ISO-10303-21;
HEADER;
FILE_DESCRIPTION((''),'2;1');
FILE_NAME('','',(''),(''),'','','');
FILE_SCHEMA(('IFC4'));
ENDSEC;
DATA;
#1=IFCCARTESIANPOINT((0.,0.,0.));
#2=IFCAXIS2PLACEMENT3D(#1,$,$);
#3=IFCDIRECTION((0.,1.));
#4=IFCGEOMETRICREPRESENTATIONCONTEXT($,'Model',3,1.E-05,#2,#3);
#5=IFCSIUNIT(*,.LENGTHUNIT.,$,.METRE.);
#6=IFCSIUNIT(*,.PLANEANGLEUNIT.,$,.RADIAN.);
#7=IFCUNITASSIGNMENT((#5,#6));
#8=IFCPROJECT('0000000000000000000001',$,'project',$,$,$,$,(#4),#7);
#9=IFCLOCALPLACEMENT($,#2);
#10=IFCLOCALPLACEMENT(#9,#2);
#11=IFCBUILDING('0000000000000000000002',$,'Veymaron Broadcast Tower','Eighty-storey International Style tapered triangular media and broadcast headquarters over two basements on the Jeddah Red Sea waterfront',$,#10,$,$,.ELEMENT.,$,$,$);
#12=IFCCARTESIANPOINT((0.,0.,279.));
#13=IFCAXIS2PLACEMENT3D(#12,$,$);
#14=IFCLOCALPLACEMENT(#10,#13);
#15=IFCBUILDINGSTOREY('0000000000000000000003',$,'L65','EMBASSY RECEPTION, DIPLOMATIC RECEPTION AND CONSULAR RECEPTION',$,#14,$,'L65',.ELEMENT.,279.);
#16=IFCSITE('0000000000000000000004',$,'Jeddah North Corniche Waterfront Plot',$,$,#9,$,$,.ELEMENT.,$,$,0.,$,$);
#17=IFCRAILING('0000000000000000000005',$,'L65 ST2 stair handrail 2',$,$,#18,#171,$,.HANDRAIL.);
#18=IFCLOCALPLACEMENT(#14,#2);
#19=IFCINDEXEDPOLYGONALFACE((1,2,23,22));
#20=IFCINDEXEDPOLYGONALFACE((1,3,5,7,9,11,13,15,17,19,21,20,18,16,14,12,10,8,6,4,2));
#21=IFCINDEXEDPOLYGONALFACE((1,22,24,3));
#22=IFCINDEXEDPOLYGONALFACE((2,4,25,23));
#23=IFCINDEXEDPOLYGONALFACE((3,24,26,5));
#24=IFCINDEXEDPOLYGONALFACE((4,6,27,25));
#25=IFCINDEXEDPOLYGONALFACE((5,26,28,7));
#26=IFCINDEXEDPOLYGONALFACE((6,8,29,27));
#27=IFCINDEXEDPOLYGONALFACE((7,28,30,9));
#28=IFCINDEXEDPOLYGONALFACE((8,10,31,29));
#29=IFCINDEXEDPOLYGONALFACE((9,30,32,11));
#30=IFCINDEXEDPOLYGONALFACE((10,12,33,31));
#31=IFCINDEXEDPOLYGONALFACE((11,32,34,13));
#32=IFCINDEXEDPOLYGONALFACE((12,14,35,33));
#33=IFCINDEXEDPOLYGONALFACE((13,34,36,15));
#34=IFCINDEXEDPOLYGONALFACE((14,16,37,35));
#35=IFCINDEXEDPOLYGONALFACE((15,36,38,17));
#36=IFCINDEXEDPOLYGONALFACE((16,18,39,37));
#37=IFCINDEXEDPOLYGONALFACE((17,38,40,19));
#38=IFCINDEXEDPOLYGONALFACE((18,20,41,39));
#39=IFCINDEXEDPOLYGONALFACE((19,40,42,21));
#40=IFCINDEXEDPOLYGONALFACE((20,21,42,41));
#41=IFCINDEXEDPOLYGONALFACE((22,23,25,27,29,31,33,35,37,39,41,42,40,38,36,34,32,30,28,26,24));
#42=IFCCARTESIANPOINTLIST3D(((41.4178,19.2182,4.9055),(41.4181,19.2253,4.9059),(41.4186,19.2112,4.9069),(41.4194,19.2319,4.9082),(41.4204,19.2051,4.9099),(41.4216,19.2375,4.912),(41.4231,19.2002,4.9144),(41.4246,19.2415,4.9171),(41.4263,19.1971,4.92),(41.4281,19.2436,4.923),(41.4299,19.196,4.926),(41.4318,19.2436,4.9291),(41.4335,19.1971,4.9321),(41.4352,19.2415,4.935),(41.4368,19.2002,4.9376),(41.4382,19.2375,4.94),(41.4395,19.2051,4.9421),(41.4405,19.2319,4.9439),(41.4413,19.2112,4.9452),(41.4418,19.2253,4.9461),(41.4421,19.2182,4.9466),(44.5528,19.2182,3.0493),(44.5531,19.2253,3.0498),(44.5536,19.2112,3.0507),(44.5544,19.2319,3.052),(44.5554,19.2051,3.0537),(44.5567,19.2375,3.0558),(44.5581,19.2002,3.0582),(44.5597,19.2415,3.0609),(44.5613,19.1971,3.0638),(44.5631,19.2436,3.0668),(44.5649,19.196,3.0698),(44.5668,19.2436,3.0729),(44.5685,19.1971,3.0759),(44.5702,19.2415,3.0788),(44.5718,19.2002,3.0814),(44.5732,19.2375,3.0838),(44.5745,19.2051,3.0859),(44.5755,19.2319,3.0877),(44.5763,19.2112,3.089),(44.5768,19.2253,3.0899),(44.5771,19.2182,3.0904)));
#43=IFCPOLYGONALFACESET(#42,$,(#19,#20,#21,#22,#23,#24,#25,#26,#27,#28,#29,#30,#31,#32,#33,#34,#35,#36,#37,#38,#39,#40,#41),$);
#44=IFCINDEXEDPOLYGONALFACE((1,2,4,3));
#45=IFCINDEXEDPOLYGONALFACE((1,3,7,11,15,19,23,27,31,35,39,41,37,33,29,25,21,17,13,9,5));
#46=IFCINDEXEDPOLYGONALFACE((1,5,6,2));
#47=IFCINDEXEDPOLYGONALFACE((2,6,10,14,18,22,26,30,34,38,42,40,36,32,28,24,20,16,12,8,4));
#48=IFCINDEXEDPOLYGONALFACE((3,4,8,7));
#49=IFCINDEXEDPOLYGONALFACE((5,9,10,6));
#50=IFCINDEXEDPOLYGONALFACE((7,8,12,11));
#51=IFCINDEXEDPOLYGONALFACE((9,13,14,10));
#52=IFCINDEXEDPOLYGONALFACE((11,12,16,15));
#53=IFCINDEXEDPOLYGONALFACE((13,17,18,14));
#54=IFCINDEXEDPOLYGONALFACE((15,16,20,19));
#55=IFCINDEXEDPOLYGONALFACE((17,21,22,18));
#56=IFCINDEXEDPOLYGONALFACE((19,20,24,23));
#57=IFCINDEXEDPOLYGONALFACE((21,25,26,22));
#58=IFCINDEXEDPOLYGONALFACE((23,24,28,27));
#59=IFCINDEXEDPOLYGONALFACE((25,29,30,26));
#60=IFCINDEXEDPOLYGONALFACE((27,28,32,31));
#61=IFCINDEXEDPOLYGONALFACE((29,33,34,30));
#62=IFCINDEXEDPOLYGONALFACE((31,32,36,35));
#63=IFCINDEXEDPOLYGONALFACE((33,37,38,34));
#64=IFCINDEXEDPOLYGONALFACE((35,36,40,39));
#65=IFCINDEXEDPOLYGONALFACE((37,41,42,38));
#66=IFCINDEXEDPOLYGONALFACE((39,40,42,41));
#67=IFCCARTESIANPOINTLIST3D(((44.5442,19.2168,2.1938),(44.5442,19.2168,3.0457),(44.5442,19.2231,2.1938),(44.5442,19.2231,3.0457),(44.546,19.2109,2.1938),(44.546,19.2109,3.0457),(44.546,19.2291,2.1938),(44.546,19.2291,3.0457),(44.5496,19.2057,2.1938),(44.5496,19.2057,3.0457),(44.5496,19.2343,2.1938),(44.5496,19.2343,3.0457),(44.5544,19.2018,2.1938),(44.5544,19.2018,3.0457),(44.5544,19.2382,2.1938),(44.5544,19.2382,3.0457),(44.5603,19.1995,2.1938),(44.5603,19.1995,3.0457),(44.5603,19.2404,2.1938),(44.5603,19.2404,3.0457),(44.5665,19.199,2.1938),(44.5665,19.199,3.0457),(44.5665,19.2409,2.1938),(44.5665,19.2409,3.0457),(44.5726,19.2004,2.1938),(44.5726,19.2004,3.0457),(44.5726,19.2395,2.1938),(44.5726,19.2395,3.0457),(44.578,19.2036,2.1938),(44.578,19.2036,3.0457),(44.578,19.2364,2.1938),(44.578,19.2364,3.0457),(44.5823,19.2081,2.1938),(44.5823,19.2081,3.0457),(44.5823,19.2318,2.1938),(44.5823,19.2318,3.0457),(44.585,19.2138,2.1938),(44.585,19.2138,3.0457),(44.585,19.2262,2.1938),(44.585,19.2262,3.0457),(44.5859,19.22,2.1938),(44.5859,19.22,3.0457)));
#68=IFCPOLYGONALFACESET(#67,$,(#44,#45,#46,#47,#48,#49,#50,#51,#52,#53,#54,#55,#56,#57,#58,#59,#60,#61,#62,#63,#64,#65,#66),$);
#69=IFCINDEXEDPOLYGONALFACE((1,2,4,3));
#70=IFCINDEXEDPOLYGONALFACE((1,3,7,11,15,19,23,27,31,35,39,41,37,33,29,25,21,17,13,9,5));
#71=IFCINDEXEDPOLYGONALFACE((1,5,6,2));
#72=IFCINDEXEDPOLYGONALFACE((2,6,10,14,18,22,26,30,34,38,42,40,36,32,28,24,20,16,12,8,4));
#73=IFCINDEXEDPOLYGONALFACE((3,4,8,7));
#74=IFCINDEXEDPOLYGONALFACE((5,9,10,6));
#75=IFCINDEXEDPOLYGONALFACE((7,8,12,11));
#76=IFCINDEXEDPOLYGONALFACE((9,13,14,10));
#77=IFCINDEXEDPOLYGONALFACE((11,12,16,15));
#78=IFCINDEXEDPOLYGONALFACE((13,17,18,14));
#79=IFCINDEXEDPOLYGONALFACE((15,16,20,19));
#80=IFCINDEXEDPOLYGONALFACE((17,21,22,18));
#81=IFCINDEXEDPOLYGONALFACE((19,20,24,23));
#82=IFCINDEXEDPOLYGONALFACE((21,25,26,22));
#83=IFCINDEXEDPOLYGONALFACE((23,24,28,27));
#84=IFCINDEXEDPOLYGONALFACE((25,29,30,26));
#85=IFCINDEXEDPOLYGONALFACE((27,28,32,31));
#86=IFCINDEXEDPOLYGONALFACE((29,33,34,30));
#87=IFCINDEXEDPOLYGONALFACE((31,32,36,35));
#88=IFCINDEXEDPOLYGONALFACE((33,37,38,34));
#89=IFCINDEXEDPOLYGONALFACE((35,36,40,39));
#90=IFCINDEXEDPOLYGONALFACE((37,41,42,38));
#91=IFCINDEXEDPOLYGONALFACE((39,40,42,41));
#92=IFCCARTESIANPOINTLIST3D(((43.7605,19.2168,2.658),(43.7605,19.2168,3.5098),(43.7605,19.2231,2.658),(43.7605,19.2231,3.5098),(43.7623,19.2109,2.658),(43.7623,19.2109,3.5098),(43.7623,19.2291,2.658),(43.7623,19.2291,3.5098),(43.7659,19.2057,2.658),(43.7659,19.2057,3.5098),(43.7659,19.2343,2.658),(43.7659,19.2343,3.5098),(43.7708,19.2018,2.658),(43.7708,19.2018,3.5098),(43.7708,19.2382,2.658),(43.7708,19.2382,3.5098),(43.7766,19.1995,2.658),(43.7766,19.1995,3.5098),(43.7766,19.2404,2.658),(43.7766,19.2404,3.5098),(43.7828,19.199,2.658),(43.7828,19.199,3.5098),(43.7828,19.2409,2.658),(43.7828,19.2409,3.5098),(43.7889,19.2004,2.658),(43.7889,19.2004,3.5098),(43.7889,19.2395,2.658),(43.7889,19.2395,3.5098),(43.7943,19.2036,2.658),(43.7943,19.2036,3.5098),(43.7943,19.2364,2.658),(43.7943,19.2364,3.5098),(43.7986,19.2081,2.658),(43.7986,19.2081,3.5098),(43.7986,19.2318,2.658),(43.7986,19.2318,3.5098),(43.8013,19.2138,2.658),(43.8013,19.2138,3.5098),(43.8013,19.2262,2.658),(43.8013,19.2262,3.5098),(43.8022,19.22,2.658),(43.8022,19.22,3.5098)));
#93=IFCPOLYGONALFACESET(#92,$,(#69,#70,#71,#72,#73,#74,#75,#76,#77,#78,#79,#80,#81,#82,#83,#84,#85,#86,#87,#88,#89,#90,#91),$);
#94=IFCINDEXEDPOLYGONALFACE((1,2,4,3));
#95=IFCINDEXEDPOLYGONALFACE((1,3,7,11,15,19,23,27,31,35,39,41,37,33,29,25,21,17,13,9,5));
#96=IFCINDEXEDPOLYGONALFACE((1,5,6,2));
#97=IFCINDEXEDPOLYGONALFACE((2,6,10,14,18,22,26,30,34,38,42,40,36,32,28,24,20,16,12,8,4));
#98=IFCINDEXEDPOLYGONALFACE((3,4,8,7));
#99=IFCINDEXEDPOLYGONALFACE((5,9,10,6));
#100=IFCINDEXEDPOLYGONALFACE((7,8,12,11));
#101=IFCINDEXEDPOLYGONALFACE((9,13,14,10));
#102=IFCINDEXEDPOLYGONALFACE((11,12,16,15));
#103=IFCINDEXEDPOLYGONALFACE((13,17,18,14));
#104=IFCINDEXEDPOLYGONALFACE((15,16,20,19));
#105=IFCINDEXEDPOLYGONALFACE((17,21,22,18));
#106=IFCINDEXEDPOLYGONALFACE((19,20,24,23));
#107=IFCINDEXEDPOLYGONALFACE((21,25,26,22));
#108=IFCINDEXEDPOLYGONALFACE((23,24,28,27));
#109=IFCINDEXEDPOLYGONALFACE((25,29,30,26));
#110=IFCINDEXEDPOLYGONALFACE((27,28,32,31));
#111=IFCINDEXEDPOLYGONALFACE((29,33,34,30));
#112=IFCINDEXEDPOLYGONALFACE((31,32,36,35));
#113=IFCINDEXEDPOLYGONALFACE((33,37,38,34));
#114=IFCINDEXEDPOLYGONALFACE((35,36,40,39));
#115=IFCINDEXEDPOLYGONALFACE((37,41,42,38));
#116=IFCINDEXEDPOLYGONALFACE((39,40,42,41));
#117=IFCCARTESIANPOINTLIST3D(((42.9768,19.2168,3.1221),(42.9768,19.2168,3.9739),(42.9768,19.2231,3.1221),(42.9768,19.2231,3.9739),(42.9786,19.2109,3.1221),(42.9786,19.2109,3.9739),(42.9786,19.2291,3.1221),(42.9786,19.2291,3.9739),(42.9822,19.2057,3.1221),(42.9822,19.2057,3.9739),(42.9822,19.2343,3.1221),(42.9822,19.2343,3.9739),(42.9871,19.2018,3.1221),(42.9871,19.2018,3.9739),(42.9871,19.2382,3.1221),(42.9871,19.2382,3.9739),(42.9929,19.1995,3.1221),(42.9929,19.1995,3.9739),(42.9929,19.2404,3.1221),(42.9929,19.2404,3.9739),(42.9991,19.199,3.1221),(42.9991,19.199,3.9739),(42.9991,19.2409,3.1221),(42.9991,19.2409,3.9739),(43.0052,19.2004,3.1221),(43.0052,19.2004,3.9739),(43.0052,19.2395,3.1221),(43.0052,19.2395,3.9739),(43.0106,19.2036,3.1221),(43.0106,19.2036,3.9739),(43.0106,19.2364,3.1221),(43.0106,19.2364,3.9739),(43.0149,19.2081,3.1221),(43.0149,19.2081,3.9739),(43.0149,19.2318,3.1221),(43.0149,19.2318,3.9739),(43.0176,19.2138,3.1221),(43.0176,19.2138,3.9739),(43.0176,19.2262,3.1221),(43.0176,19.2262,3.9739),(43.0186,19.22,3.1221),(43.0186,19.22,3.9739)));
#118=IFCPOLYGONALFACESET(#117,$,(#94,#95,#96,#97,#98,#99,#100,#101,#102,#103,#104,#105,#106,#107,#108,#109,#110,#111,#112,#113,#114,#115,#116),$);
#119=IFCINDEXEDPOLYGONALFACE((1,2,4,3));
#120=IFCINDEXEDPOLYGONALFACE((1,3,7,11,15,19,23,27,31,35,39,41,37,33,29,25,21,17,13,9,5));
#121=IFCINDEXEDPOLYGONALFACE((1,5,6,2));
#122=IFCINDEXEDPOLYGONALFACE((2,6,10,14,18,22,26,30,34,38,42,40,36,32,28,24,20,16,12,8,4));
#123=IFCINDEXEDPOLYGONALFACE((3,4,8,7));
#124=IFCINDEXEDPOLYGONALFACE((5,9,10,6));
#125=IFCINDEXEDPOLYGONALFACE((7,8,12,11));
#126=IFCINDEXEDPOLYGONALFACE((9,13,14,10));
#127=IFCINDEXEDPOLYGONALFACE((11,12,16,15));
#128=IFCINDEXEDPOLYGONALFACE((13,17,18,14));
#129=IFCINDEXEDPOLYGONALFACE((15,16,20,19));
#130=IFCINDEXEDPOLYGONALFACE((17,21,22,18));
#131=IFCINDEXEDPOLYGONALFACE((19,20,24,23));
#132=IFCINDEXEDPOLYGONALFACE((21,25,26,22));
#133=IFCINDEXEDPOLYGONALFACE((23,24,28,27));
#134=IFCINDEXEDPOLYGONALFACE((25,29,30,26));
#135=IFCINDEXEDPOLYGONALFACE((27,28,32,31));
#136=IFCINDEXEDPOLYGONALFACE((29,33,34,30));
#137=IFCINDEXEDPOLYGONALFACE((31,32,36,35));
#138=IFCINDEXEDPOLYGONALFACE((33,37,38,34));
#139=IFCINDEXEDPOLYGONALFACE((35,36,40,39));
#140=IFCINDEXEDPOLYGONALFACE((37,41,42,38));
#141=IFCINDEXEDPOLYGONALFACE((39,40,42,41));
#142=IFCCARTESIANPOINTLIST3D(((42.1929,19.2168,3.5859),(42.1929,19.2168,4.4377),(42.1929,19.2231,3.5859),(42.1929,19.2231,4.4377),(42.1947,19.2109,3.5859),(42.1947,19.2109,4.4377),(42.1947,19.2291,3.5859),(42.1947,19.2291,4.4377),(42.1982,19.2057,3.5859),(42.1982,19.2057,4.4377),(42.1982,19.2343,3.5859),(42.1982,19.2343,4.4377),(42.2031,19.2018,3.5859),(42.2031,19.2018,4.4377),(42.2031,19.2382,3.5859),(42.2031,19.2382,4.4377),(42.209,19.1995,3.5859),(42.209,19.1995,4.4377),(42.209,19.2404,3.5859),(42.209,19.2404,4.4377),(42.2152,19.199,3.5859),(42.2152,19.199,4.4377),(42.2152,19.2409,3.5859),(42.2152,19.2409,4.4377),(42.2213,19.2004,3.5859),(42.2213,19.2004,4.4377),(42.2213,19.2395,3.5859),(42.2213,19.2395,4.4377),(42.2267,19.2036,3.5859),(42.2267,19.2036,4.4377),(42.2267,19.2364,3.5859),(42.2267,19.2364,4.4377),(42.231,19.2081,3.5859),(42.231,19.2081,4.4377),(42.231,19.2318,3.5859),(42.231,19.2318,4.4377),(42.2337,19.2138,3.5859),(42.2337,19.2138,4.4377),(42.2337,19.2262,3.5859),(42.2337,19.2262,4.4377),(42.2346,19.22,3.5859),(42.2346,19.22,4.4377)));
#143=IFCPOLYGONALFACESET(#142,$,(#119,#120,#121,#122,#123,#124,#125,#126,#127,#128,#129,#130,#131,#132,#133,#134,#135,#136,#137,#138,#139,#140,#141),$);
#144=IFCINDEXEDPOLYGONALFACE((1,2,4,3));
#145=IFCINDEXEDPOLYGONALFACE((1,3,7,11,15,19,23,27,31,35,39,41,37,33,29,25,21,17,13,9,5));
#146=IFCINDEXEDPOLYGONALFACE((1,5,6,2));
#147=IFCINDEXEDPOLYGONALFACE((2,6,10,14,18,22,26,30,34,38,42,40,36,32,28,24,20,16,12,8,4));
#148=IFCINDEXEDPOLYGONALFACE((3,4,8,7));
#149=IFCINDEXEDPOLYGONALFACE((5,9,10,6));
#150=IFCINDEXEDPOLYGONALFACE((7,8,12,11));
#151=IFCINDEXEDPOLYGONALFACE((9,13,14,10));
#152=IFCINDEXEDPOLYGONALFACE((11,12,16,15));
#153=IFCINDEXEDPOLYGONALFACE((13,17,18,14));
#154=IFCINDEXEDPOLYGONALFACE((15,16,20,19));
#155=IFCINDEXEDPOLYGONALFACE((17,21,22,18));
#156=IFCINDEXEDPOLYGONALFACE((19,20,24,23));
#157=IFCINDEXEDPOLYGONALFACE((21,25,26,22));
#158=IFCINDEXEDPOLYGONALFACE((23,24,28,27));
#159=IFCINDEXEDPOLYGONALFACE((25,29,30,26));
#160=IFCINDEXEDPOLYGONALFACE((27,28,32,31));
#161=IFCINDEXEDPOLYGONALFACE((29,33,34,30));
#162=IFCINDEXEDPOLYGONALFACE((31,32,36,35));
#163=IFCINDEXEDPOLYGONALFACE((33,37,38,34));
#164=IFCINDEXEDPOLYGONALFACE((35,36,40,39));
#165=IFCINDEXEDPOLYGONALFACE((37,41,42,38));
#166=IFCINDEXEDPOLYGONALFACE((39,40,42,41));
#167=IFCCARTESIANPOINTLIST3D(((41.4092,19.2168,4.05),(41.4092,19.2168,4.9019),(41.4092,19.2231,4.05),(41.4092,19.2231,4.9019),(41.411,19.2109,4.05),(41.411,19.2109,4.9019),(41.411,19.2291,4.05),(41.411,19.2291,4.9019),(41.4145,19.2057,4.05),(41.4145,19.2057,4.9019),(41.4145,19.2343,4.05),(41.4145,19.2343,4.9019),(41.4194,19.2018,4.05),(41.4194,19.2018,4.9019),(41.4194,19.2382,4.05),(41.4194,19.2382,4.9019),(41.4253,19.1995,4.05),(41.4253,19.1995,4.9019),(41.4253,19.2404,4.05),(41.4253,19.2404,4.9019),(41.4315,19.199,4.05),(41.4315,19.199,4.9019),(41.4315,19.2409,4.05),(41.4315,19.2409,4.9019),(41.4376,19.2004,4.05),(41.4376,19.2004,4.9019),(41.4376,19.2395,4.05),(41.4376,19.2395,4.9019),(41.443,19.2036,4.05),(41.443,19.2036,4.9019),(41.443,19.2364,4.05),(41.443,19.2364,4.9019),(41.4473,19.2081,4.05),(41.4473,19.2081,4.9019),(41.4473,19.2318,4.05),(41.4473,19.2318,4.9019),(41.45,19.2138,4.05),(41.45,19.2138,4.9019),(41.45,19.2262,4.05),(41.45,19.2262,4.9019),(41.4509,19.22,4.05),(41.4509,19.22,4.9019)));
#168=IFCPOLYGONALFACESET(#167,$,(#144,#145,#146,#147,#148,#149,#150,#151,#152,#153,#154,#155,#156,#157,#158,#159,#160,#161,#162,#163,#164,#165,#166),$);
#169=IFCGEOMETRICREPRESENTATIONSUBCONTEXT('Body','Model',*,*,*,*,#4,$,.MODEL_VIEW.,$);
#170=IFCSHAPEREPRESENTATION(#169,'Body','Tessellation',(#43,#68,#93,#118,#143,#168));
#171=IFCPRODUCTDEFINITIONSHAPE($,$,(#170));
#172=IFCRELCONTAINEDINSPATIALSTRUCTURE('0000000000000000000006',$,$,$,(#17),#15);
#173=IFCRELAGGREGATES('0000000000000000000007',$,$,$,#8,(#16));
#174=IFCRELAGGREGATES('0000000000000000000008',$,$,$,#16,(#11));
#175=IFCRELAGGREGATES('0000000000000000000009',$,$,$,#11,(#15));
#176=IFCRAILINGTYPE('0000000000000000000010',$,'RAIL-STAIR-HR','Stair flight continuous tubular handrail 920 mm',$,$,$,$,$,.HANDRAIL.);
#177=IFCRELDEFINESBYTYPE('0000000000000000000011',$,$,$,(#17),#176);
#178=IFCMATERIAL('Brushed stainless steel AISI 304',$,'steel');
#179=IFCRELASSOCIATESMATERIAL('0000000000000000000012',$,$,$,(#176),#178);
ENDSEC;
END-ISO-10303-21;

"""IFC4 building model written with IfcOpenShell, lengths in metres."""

from ifc_helpers import new_model, si_unit, direction, frame, origin, origin_2d, place, context, subcontext, project, spatial, circle, extrude, material, type_object, element, save


model = new_model("IFC4")

# Units and contexts
model_context = context("Model", 3, precision=1e-05, world=origin(), true_north=direction((0.0, 1.0)))
body_context = subcontext(model_context, "Body", "Model", "MODEL_VIEW")
ifc_project = project(units=[si_unit("LENGTHUNIT", "METRE"), si_unit("PLANEANGLEUNIT", "RADIAN")], contexts=[model_context])

# Site, building, storey
site_placement = place(None, origin())
site = spatial("IfcSite", under=ifc_project, at=site_placement, Name="Jeddah North Corniche Waterfront Plot", CompositionType="ELEMENT", RefElevation=0.0)
building_placement = place(site_placement, origin())
building = spatial("IfcBuilding", under=site, at=building_placement, Name="Veymaron Broadcast Tower", Description="Eighty-storey International Style tapered triangular media and broadcast headquarters over two basements on the Jeddah Red Sea waterfront", CompositionType="ELEMENT")
storey_placement = place(building_placement, frame((0.0, 0.0, 279.0)))
storey = spatial("IfcBuildingStorey", under=building, at=storey_placement, Name="L65", Description="EMBASSY RECEPTION, DIPLOMATIC RECEPTION AND CONSULAR RECEPTION", LongName="L65", CompositionType="ELEMENT", Elevation=279.0)

# Shared definitions
ifc_material_1 = material(Name="Brushed stainless steel AISI 304", Category="steel")

# Railing
railing_type_1 = type_object("IfcRailingType", Name="RAIL-STAIR-HR", Description="Stair flight continuous tubular handrail 920 mm", PredefinedType="HANDRAIL", material=ifc_material_1)
railing_1_placement = place(storey_placement, frame((44.5649, 19.22, 2.1938)))
element("IfcRailing", 1, at=railing_1_placement, inside=storey, type_object=railing_type_1, Name="L65 ST2 stair handrail 2", PredefinedType="HANDRAIL", context=body_context, shape_type="SweptSolid", body=[
    extrude(circle(Radius=0.0239, at=origin_2d()), frame((0.0, 0.0, 0.876), z_axis=(-0.860482, 0.0, 0.509481), x_axis=(0.0, -1.0, 0.0)), (0.0, 0.0, 1.0), 3.6433),
    extrude(circle(Radius=0.021, at=origin_2d()), origin(), (0.0, 0.0, 1.0), 0.8518),
    extrude(circle(Radius=0.021, at=origin_2d()), frame((-0.7837, 0.0, 0.4641)), (0.0, 0.0, 1.0), 0.8518),
    extrude(circle(Radius=0.021, at=origin_2d()), frame((-1.5674, 0.0, 0.9282)), (0.0, 0.0, 1.0), 0.8518),
    extrude(circle(Radius=0.021, at=origin_2d()), frame((-2.3513, 0.0, 1.3921)), (0.0, 0.0, 1.0), 0.8518),
    extrude(circle(Radius=0.021, at=origin_2d()), frame((-3.135, 0.0, 1.8562)), (0.0, 0.0, 1.0), 0.8518),
])

save(model, "model.ifc")
